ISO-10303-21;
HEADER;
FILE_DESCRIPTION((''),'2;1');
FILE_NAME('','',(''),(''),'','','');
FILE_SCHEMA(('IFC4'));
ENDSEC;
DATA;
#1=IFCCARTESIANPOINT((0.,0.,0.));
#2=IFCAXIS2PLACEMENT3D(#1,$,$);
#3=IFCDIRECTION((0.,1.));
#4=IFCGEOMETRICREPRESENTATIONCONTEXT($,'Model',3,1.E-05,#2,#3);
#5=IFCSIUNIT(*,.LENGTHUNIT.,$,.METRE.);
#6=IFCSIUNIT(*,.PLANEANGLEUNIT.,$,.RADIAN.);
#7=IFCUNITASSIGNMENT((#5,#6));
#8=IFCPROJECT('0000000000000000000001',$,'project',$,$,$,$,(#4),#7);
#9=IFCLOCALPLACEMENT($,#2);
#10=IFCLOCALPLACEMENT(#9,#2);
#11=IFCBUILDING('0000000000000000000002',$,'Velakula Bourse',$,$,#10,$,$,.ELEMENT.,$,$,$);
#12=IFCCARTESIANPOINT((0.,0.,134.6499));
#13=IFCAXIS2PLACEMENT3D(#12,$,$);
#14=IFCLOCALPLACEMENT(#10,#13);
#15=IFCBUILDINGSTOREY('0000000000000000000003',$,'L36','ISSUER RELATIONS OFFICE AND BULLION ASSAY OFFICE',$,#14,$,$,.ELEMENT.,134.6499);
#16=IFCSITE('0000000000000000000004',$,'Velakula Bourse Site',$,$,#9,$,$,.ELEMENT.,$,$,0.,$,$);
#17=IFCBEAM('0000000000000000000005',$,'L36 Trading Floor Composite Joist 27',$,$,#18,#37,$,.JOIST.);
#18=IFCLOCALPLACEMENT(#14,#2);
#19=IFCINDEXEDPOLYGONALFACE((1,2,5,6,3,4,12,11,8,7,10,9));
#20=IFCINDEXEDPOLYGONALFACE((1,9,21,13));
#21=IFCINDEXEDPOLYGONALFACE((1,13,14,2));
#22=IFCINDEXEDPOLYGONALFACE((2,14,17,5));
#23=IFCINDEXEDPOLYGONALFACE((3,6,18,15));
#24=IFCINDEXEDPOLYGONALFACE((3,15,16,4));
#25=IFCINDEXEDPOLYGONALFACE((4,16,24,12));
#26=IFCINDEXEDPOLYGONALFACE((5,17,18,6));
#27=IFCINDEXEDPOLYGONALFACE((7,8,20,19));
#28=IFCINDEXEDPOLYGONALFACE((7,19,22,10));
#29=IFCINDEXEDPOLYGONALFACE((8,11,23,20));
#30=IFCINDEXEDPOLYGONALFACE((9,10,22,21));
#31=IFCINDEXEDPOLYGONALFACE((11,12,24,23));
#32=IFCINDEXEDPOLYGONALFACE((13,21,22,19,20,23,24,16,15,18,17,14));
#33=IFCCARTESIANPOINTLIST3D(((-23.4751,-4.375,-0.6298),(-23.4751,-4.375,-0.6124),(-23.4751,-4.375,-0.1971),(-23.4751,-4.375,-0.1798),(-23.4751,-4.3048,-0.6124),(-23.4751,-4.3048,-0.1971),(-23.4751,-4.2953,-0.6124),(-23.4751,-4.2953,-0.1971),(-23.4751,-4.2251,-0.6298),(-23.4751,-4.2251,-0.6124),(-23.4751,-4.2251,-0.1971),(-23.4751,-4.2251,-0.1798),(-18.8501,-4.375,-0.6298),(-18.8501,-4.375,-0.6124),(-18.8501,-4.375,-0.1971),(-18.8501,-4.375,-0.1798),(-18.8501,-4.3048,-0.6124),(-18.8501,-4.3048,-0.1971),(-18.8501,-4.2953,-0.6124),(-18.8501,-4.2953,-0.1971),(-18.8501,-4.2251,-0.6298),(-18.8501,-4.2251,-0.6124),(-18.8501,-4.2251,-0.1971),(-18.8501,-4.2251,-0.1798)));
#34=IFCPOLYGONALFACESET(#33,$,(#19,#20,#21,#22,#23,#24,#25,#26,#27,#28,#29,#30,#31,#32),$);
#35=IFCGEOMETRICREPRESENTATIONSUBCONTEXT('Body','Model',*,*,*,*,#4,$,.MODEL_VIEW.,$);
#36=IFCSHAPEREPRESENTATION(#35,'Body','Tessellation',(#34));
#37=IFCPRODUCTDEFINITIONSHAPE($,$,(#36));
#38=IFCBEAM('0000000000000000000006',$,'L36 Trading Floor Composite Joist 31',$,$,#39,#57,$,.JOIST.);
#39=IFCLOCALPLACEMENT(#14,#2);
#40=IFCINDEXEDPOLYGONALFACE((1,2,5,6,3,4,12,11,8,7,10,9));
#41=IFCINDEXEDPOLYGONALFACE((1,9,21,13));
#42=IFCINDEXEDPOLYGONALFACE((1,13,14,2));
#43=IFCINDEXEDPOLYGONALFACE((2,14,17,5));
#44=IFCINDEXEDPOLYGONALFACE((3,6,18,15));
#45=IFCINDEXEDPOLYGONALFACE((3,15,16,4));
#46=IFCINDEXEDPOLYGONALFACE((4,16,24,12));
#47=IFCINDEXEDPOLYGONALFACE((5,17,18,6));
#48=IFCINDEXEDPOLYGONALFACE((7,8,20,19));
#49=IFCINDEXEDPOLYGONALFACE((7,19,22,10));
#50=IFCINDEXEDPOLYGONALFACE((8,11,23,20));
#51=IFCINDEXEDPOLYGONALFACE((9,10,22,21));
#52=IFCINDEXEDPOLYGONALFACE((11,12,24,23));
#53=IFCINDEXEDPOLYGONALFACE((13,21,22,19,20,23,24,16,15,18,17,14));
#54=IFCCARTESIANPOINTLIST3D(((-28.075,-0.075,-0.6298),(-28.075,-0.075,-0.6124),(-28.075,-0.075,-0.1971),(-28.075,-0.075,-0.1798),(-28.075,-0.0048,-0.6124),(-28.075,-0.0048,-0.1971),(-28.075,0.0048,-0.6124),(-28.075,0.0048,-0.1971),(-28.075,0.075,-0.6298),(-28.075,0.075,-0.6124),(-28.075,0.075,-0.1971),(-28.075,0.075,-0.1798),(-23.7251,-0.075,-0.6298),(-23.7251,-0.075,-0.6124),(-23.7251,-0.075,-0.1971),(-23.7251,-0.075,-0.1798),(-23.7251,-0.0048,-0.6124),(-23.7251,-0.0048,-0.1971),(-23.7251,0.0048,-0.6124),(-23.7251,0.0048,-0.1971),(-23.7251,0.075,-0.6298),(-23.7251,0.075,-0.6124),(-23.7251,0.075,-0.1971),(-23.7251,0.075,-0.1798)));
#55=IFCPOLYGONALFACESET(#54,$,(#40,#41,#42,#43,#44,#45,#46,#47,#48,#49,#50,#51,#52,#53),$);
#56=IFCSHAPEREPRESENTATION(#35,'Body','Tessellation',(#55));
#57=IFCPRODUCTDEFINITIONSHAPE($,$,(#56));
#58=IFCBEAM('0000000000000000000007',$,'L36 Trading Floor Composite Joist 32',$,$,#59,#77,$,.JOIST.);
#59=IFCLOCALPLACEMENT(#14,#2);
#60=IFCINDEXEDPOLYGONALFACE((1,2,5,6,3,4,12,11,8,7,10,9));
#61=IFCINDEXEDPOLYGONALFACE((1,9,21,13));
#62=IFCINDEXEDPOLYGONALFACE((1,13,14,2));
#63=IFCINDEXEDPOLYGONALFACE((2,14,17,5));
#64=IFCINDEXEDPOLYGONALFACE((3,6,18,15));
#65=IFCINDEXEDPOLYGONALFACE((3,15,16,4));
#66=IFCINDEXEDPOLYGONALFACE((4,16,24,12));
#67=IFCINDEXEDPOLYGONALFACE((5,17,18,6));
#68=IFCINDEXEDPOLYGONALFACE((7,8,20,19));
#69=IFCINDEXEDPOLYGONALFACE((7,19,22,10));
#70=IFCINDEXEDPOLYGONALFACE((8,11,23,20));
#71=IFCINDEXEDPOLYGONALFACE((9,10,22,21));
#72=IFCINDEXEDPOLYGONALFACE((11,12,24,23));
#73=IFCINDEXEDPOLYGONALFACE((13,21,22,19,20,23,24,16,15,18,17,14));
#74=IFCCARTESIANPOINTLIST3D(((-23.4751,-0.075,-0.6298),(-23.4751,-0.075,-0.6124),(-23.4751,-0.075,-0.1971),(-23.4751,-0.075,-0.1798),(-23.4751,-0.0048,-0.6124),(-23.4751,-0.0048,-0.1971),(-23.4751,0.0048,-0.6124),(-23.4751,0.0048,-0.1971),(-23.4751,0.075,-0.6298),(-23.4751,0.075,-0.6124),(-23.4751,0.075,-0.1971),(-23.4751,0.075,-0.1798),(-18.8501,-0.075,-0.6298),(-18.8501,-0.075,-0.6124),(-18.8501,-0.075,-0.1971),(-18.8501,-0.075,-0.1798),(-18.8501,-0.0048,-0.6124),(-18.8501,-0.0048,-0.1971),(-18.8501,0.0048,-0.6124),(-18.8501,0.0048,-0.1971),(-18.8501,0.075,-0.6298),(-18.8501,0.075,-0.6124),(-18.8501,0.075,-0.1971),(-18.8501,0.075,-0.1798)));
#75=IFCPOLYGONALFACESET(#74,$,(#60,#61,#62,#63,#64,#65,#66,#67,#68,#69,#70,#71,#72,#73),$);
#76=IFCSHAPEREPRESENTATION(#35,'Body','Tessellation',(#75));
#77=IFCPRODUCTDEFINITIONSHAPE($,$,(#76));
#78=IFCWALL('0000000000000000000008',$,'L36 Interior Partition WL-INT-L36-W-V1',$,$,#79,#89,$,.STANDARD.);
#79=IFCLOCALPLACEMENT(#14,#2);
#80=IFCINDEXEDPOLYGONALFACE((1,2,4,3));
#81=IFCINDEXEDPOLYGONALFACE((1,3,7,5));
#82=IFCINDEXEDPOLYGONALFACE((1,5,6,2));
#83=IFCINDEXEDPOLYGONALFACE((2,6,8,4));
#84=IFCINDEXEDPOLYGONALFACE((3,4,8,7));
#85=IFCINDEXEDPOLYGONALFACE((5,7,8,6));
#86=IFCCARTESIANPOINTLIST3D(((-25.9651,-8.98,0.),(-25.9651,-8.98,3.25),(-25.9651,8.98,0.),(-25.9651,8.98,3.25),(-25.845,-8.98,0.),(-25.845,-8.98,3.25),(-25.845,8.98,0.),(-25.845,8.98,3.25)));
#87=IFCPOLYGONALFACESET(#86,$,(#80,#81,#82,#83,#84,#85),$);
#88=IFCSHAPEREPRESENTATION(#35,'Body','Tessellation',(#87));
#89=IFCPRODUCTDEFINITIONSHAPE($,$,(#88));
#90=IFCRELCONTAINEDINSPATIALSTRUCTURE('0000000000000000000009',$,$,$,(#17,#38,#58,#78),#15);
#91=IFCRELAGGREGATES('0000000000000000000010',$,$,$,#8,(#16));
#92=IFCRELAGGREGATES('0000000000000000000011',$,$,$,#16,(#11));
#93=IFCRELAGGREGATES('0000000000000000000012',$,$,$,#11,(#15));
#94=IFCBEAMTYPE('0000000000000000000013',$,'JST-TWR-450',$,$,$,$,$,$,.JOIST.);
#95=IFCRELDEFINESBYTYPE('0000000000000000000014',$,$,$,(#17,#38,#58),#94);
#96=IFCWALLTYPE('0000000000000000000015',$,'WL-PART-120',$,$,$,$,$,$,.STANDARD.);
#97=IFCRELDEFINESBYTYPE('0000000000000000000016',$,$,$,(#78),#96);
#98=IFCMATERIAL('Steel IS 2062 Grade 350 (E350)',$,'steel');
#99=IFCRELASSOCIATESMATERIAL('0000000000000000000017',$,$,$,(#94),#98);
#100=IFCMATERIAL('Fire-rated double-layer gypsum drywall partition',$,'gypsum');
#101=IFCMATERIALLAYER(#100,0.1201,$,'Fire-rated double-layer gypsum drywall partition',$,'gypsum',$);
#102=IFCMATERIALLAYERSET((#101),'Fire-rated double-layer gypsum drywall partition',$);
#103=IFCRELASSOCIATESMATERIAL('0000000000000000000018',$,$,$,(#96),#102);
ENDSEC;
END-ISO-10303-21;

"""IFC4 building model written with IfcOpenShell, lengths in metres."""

from ifc_helpers import new_model, si_unit, direction, frame, frame_2d, origin, origin_2d, place, context, subcontext, project, spatial, rectangle, i_section, extrude, material, layer, layer_set, material_profile, profile_set, type_object, element, save


model = new_model("IFC4")

# Units and contexts
model_context = context("Model", 3, precision=1e-05, world=origin(), true_north=direction((0.0, 1.0)))
body_context = subcontext(model_context, "Body", "Model", "MODEL_VIEW")
ifc_project = project(units=[si_unit("LENGTHUNIT", "METRE"), si_unit("PLANEANGLEUNIT", "RADIAN")], contexts=[model_context])

# Site, building, storey
site_placement = place(None, origin())
site = spatial("IfcSite", under=ifc_project, at=site_placement, Name="Velakula Bourse Site", CompositionType="ELEMENT", RefElevation=0.0)
building_placement = place(site_placement, origin())
building = spatial("IfcBuilding", under=site, at=building_placement, Name="Velakula Bourse", CompositionType="ELEMENT")
storey_placement = place(building_placement, frame((0.0, 0.0, 134.6499)))
storey = spatial("IfcBuildingStorey", under=building, at=storey_placement, Name="L36", Description="ISSUER RELATIONS OFFICE AND BULLION ASSAY OFFICE", CompositionType="ELEMENT", Elevation=134.6499)

# Shared definitions
ifc_material_1 = material(Name="Steel IS 2062 Grade 350 (E350)", Category="steel")

# Beams
ifc_material_profile_1 = material_profile(ifc_material_1, i_section(OverallWidth=0.1499, OverallDepth=0.45, WebThickness=0.0095, FlangeThickness=0.0173, at=origin_2d()), Name="Steel IS 2062 Grade 350 (E350)")
ifc_profile_set_1 = profile_set([ifc_material_profile_1], Name="Steel IS 2062 Grade 350 (E350)")
beam_type_1 = type_object("IfcBeamType", Name="JST-TWR-450", PredefinedType="JOIST", material=ifc_profile_set_1)
beam_1_placement = place(storey_placement, frame((-23.4751, -4.3, -0.4048), z_axis=(1.0, 0.0, 0.0), x_axis=(0.0, 1.0, 0.0)))
element("IfcBeam", 1, at=beam_1_placement, inside=storey, type_object=beam_type_1, Name="L36 Trading Floor Composite Joist 27", PredefinedType="JOIST", context=body_context, shape_type="SweptSolid", body=[
    extrude(i_section(OverallWidth=0.1499, OverallDepth=0.45, WebThickness=0.0095, FlangeThickness=0.0173, at=origin_2d()), origin(), (0.0, 0.0, 1.0), 4.625),
])
beam_2_placement = place(storey_placement, frame((-28.075, 0.0, -0.4048), z_axis=(1.0, 0.0, 0.0), x_axis=(0.0, 1.0, 0.0)))
element("IfcBeam", 2, at=beam_2_placement, inside=storey, type_object=beam_type_1, Name="L36 Trading Floor Composite Joist 31", PredefinedType="JOIST", context=body_context, shape_type="SweptSolid", body=[
    extrude(i_section(OverallWidth=0.1499, OverallDepth=0.45, WebThickness=0.0095, FlangeThickness=0.0173, at=origin_2d()), origin(), (0.0, 0.0, 1.0), 4.3499),
])
beam_3_placement = place(storey_placement, frame((-23.4751, 0.0, -0.4048), z_axis=(1.0, 0.0, 0.0), x_axis=(0.0, 1.0, 0.0)))
element("IfcBeam", 3, at=beam_3_placement, inside=storey, type_object=beam_type_1, Name="L36 Trading Floor Composite Joist 32", PredefinedType="JOIST", context=body_context, shape_type="SweptSolid", body=[
    extrude(i_section(OverallWidth=0.1499, OverallDepth=0.45, WebThickness=0.0095, FlangeThickness=0.0173, at=origin_2d()), origin(), (0.0, 0.0, 1.0), 4.625),
])

# Wall
ifc_material_2 = material(Name="Fire-rated double-layer gypsum drywall partition", Category="gypsum")
ifc_layer = layer(ifc_material_2, 0.1201, Name="Fire-rated double-layer gypsum drywall partition", Category="gypsum")
ifc_layer_set = layer_set([ifc_layer], Name="Fire-rated double-layer gypsum drywall partition")
wall_type = type_object("IfcWallType", Name="WL-PART-120", PredefinedType="STANDARD", material=ifc_layer_set)
wall_placement = place(storey_placement, frame((-25.905, -8.98, 0.0), z_axis=(0.0, 0.0, 1.0), x_axis=(0.0, 1.0, 0.0)))
element("IfcWall", 4, at=wall_placement, inside=storey, type_object=wall_type, Name="L36 Interior Partition WL-INT-L36-W-V1", PredefinedType="STANDARD", context=body_context, shape_type="SweptSolid", body=[
    extrude(rectangle(XDim=17.96, YDim=0.1201, at=frame_2d((8.98, 0.0))), origin(), (0.0, 0.0, 1.0), 3.25),
])

save(model, "model.ifc")
